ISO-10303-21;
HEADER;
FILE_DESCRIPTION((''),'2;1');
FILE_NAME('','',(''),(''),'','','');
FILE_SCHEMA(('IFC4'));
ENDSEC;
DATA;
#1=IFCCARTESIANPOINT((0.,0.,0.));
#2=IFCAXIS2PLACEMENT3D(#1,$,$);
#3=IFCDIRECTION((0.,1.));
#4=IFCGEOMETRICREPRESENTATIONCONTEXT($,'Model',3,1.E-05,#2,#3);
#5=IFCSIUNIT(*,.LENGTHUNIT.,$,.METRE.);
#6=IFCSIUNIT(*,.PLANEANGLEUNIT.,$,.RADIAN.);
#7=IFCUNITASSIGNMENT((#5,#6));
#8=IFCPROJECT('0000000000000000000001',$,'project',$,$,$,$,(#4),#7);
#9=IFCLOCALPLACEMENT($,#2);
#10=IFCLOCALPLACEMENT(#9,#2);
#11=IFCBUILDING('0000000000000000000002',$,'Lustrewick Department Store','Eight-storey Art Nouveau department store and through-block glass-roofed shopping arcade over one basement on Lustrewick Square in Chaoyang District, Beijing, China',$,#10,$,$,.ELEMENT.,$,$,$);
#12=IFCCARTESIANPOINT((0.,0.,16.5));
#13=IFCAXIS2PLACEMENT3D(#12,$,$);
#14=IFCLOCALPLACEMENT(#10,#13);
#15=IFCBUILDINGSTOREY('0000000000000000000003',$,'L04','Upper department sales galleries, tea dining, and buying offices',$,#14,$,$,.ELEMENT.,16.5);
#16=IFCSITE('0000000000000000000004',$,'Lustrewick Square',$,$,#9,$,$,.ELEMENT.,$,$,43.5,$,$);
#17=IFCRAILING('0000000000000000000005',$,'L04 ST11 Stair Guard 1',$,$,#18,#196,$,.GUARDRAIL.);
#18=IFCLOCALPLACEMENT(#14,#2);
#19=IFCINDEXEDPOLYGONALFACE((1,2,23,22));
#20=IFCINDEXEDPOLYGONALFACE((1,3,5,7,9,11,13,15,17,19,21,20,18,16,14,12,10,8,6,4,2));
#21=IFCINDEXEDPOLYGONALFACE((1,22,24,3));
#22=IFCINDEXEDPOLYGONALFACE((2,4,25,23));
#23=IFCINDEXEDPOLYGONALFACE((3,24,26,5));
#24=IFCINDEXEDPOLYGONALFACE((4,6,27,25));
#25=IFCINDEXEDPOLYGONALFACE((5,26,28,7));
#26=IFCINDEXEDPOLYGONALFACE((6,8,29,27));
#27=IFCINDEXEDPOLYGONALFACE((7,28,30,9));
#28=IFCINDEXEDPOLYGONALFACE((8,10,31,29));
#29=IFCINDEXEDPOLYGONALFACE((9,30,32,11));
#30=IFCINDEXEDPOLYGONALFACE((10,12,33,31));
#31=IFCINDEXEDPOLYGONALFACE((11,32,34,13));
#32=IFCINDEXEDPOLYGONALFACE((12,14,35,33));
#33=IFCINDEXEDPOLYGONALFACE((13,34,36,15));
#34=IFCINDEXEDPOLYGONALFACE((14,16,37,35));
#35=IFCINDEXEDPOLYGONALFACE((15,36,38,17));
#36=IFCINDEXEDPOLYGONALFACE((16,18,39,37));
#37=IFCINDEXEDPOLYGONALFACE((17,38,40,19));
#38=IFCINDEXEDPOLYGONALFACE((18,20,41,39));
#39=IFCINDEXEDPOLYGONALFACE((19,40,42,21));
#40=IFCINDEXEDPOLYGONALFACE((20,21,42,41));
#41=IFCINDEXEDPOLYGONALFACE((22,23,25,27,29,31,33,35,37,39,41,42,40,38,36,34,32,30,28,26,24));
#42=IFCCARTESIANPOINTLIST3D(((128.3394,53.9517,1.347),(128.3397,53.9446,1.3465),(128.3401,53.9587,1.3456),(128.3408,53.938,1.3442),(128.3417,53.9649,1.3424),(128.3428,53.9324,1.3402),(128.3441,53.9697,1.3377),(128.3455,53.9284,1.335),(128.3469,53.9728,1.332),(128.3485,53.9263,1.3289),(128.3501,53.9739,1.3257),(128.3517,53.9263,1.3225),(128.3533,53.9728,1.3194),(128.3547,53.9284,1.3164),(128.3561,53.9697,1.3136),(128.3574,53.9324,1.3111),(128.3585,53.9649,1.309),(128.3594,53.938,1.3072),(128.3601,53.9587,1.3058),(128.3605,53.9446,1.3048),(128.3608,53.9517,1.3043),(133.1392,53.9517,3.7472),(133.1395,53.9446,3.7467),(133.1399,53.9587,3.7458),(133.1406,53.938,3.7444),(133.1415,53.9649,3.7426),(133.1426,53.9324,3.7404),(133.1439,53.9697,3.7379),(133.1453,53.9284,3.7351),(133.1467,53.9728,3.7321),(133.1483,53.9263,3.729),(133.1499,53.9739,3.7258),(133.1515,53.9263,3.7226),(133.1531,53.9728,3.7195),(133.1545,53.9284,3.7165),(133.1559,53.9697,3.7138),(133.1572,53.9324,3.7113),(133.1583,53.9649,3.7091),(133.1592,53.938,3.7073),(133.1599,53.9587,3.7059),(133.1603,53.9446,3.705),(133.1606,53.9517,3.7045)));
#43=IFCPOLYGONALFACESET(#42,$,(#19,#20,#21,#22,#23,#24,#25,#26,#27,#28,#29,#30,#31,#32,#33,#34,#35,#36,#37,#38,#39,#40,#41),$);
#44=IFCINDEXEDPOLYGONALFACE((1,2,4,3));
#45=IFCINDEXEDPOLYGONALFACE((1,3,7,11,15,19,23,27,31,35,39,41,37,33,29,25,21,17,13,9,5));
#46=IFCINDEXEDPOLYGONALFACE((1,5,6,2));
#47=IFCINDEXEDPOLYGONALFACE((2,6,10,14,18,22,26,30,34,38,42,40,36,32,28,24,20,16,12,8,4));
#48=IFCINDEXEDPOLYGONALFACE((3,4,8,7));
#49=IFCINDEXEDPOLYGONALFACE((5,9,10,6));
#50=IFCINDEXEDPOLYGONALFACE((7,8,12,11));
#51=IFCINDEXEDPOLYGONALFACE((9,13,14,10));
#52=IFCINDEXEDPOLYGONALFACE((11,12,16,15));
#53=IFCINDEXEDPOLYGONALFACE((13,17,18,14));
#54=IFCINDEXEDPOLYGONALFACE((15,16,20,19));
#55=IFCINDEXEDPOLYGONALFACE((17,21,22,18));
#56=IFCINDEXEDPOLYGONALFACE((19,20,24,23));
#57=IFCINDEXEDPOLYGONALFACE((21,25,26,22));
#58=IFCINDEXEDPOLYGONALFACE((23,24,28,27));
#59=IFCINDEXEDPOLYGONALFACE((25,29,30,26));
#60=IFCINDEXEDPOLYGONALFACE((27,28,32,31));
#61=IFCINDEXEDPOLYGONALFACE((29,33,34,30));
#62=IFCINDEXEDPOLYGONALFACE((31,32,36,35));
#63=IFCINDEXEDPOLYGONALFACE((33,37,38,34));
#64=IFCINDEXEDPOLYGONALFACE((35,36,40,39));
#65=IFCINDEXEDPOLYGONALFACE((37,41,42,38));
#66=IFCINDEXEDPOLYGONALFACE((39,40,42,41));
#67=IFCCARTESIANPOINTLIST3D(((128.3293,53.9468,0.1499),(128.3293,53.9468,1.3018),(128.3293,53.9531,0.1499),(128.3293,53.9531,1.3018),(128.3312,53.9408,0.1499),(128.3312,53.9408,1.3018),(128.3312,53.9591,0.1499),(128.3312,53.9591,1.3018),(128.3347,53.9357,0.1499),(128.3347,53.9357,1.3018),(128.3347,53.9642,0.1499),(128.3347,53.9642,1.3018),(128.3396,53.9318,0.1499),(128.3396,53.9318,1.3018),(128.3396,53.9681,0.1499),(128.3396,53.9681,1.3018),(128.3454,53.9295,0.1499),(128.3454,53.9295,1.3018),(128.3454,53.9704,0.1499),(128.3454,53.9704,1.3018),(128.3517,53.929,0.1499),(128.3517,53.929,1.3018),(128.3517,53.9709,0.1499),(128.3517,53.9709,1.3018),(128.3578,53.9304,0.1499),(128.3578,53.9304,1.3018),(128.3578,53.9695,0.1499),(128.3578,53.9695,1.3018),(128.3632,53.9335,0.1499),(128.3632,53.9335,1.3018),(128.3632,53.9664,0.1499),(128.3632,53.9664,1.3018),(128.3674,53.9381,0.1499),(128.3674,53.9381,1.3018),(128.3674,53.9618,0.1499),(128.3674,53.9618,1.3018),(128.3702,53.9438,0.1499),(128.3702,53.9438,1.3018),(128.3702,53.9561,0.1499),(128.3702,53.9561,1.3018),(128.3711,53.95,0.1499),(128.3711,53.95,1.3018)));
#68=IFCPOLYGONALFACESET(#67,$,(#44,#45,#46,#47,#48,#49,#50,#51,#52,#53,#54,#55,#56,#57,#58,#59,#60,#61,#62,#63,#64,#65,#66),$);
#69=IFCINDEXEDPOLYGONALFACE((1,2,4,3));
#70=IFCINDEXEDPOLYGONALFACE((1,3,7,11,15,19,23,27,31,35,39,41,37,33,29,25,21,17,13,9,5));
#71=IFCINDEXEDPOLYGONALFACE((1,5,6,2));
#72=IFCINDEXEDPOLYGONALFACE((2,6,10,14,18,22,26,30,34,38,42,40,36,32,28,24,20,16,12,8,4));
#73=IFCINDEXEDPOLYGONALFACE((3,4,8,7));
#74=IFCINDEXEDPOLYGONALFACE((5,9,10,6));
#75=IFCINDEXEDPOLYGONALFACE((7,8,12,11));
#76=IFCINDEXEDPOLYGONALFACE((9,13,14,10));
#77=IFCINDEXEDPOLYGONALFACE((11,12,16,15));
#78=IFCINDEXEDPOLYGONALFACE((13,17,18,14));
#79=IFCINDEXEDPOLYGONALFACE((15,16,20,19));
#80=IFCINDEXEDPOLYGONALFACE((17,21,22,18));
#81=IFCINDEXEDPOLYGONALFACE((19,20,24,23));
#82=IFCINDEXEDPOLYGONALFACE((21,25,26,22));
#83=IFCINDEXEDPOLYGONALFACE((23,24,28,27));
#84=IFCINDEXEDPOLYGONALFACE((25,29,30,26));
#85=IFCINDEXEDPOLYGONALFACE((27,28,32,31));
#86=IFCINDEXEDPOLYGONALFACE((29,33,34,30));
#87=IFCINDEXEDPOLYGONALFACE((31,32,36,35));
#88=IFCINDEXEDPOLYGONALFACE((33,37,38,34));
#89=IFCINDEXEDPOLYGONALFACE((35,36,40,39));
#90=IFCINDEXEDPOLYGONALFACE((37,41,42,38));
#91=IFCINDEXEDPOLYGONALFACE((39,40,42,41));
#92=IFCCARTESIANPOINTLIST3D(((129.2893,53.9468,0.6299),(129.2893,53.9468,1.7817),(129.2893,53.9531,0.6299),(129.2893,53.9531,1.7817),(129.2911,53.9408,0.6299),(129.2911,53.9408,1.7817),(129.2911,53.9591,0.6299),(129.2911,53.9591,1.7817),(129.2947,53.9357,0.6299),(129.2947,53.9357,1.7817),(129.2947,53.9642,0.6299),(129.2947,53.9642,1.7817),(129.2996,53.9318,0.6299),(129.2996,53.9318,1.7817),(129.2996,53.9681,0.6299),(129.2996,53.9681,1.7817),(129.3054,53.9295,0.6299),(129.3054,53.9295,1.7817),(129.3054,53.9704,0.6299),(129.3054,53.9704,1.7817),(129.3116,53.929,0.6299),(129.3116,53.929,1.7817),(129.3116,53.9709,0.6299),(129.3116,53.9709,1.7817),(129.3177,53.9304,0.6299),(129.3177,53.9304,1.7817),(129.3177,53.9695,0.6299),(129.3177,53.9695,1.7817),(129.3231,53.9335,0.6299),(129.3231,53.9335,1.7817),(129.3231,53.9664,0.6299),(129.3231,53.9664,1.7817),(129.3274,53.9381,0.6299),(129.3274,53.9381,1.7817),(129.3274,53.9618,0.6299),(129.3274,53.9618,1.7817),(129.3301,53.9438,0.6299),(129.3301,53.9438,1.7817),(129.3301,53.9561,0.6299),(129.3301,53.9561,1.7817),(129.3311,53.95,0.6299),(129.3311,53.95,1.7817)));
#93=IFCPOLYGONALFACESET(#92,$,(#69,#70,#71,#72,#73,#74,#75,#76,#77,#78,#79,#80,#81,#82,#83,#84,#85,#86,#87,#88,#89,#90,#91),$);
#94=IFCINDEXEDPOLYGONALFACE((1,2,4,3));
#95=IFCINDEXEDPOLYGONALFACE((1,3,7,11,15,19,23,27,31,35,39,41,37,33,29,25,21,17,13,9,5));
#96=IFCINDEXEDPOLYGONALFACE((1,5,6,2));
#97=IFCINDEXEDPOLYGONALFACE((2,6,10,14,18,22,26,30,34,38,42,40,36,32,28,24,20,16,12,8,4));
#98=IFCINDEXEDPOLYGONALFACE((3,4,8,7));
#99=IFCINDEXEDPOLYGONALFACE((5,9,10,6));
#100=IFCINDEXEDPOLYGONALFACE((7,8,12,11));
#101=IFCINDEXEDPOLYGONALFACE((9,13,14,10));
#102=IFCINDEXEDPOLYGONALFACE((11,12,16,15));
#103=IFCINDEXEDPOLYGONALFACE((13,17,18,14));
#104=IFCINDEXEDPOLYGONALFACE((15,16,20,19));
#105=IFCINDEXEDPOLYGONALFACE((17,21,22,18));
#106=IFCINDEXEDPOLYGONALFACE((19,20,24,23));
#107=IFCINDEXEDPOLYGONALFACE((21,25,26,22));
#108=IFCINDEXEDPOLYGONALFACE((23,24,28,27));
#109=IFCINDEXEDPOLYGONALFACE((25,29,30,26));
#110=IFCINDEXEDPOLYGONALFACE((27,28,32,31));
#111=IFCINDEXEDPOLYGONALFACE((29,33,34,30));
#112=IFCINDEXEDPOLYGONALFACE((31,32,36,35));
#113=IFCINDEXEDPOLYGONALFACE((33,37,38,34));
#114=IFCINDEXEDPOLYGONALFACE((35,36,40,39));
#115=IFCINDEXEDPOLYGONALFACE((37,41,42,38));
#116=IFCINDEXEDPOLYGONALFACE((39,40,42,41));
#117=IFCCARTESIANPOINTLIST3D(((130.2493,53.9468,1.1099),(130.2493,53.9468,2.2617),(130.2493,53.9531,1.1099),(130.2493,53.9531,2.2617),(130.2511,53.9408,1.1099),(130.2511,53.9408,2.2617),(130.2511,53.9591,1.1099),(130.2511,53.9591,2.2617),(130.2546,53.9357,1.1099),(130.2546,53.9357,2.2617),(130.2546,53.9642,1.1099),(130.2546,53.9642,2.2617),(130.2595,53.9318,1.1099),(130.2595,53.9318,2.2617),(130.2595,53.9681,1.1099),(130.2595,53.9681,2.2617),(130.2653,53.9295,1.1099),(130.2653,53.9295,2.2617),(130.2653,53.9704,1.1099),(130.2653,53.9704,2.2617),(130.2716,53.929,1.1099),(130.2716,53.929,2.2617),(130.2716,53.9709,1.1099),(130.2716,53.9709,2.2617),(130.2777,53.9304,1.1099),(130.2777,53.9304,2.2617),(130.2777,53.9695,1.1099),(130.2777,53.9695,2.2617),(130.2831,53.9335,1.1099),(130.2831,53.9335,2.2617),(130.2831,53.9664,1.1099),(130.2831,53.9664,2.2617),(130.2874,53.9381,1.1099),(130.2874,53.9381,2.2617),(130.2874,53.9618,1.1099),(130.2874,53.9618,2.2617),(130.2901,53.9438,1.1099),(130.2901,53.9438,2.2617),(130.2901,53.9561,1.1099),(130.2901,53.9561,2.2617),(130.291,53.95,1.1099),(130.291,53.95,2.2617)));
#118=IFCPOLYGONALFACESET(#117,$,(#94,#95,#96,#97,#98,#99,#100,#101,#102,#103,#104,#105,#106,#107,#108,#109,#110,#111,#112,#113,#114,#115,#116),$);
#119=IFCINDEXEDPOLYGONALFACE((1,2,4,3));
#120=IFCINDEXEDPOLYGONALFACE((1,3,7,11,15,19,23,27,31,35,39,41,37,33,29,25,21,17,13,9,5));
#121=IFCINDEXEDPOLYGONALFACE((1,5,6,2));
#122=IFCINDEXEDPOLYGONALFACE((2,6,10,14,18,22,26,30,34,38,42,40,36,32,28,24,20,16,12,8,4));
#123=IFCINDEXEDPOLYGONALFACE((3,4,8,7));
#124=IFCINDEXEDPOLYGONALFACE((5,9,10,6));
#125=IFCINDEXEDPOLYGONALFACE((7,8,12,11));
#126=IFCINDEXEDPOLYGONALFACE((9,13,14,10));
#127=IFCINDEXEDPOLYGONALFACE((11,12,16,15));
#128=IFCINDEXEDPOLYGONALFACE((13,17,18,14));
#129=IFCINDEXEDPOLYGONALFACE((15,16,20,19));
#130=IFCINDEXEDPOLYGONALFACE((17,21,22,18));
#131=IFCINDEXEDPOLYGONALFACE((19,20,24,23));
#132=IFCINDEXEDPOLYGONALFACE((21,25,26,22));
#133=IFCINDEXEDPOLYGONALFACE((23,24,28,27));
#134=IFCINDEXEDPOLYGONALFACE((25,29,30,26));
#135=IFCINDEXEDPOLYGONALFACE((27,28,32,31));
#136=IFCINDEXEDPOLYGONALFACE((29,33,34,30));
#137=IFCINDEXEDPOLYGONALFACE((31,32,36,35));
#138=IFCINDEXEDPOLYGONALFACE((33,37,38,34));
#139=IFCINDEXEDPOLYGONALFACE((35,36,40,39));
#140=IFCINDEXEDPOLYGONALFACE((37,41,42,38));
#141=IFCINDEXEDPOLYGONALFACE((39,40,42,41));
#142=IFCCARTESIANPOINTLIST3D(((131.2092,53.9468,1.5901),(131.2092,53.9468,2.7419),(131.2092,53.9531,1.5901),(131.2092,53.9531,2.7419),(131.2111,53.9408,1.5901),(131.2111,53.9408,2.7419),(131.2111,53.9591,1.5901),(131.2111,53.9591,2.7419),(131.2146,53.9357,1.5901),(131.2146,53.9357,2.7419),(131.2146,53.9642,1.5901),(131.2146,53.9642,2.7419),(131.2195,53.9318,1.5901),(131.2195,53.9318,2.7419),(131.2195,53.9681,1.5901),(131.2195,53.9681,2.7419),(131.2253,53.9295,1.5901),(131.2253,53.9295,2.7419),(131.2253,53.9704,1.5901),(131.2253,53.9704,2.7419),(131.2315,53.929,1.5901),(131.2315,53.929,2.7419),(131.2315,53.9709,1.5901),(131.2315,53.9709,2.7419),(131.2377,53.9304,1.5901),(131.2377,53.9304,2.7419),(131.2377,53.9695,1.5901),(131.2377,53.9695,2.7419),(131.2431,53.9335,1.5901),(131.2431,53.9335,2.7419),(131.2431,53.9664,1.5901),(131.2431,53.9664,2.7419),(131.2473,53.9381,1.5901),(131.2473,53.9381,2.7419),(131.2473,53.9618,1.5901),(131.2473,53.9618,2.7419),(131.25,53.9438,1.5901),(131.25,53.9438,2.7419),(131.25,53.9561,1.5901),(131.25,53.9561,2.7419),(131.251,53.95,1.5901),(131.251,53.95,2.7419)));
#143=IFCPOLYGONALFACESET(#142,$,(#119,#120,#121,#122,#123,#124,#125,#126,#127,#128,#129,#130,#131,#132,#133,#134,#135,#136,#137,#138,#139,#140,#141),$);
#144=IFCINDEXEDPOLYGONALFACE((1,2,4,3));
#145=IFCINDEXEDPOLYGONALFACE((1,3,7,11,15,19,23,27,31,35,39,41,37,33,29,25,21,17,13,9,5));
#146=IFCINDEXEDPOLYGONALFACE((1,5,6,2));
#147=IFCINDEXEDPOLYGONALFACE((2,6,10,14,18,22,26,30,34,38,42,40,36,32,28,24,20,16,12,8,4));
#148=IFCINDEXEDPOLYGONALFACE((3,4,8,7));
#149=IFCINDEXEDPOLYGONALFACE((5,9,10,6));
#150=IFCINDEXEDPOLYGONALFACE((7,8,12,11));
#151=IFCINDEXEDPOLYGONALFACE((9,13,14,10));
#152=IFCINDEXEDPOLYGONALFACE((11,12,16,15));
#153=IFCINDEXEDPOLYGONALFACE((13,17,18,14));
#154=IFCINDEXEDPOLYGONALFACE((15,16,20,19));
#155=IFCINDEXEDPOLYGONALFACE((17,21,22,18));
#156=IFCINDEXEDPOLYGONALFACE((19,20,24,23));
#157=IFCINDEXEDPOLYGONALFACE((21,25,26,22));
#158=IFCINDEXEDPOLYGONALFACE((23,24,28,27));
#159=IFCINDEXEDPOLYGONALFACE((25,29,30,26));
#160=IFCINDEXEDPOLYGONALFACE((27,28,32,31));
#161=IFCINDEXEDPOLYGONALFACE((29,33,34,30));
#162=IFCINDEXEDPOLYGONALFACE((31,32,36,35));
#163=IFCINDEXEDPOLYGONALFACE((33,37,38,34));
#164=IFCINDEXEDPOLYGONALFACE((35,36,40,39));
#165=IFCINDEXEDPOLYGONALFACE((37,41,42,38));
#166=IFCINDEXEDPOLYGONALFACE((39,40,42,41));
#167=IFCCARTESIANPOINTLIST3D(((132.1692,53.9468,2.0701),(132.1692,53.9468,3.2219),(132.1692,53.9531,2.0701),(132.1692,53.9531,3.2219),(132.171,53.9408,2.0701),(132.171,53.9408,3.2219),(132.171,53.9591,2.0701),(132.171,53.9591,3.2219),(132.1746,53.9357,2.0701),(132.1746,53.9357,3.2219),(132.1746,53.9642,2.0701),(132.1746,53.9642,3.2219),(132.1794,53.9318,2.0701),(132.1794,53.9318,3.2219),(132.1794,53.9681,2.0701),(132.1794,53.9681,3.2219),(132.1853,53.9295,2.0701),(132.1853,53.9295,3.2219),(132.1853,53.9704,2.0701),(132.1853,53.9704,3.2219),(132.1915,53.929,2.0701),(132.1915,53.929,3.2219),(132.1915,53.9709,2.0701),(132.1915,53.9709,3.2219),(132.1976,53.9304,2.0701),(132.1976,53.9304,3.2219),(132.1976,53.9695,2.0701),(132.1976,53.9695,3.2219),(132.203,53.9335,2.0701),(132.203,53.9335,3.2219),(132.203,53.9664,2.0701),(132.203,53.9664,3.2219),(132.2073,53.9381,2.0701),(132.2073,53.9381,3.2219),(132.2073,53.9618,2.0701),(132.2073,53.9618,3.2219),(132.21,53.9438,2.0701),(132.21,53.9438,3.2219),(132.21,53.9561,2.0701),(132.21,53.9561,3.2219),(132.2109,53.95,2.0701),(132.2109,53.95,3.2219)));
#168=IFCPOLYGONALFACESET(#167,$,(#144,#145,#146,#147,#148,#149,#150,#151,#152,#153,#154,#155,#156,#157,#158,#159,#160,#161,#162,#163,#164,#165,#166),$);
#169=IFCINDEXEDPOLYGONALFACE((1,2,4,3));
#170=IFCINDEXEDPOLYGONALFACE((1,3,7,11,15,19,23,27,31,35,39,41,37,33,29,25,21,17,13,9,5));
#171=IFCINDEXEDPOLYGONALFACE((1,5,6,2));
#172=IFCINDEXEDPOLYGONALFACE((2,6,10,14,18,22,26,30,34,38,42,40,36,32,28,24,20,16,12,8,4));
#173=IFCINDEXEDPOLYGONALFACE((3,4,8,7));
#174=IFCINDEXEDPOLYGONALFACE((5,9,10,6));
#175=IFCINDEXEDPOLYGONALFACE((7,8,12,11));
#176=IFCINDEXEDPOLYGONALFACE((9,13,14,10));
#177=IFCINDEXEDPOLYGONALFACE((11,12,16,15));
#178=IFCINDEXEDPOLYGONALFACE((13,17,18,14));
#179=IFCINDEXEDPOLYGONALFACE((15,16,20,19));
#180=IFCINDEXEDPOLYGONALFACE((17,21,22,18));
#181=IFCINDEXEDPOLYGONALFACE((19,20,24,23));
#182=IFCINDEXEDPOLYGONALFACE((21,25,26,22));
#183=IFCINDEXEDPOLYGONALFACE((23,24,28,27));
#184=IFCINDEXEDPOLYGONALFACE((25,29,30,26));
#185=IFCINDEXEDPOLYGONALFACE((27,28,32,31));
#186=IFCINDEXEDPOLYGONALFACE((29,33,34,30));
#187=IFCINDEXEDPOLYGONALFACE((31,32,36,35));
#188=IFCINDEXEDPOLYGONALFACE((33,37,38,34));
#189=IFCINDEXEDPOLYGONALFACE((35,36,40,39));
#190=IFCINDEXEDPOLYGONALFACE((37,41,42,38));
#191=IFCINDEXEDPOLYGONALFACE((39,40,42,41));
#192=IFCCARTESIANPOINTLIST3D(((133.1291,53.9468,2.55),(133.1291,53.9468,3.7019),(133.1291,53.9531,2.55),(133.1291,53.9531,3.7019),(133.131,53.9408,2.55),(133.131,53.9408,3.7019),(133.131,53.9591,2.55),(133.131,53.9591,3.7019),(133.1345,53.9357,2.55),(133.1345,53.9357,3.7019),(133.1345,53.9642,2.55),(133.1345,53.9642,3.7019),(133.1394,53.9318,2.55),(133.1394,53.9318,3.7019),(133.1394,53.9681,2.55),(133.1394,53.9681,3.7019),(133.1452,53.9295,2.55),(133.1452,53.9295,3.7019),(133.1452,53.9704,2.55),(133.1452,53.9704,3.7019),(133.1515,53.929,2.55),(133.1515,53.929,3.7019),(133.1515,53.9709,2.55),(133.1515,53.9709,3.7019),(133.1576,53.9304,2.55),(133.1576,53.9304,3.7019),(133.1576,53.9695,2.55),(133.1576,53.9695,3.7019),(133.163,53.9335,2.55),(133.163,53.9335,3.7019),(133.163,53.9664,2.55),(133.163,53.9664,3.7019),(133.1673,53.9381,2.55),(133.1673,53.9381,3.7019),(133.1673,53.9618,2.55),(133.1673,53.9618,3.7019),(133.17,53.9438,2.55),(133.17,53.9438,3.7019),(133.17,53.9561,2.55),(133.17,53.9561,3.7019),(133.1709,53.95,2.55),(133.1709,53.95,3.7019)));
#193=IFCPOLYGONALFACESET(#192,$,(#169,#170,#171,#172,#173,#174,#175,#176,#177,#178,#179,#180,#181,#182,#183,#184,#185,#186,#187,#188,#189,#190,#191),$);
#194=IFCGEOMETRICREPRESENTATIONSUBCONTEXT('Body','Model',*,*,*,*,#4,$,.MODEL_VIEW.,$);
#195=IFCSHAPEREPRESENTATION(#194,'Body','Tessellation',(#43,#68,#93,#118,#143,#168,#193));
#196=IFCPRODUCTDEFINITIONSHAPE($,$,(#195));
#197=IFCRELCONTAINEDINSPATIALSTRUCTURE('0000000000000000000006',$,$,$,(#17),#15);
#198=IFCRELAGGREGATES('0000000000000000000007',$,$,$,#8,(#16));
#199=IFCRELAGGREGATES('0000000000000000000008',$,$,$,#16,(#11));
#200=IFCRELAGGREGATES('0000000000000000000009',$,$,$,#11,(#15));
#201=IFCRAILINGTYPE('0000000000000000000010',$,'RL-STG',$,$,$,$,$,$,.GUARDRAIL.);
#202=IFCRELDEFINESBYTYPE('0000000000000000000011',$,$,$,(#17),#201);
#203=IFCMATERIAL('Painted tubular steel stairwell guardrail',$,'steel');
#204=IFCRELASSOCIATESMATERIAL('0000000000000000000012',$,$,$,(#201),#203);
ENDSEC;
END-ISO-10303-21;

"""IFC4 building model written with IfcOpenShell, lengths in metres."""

from ifc_helpers import new_model, si_unit, direction, frame, origin, origin_2d, place, context, subcontext, project, spatial, circle, extrude, material, type_object, element, save


model = new_model("IFC4")

# Units and contexts
model_context = context("Model", 3, precision=1e-05, world=origin(), true_north=direction((0.0, 1.0)))
body_context = subcontext(model_context, "Body", "Model", "MODEL_VIEW")
ifc_project = project(units=[si_unit("LENGTHUNIT", "METRE"), si_unit("PLANEANGLEUNIT", "RADIAN")], contexts=[model_context])

# Site, building, storey
site_placement = place(None, origin())
site = spatial("IfcSite", under=ifc_project, at=site_placement, Name="Lustrewick Square", CompositionType="ELEMENT", RefElevation=43.5)
building_placement = place(site_placement, origin())
building = spatial("IfcBuilding", under=site, at=building_placement, Name="Lustrewick Department Store", Description="Eight-storey Art Nouveau department store and through-block glass-roofed shopping arcade over one basement on Lustrewick Square in Chaoyang District, Beijing, China", CompositionType="ELEMENT")
storey_placement = place(building_placement, frame((0.0, 0.0, 16.5)))
storey = spatial("IfcBuildingStorey", under=building, at=storey_placement, Name="L04", Description="Upper department sales galleries, tea dining, and buying offices", CompositionType="ELEMENT", Elevation=16.5)

# Railing
ifc_material_1 = material(Name="Painted tubular steel stairwell guardrail", Category="steel")
railing_type_1 = type_object("IfcRailingType", Name="RL-STG", PredefinedType="GUARDRAIL", material=ifc_material_1)
railing_1_placement = place(storey_placement, frame((128.3501, 53.95, 0.1499)))
element("IfcRailing", 1, at=railing_1_placement, inside=storey, type_object=railing_type_1, Name="L04 ST11 Stair Guard 1", PredefinedType="GUARDRAIL", context=body_context, shape_type="SweptSolid", body=[
    extrude(circle(Radius=0.0239, at=origin_2d()), frame((0.0, 0.0, 1.1758), z_axis=(0.894409, 0.0, 0.44725), x_axis=(0.0, 1.0, 0.0)), (0.0, 0.0, 1.0), 5.3665),
    extrude(circle(Radius=0.021, at=origin_2d()), origin(), (0.0, 0.0, 1.0), 1.1519),
    extrude(circle(Radius=0.021, at=origin_2d()), frame((0.96, 0.0, 0.48)), (0.0, 0.0, 1.0), 1.1519),
    extrude(circle(Radius=0.021, at=origin_2d()), frame((1.9199, 0.0, 0.96)), (0.0, 0.0, 1.0), 1.1519),
    extrude(circle(Radius=0.021, at=origin_2d()), frame((2.8799, 0.0, 1.4402)), (0.0, 0.0, 1.0), 1.1519),
    extrude(circle(Radius=0.021, at=origin_2d()), frame((3.8398, 0.0, 1.9202)), (0.0, 0.0, 1.0), 1.1519),
    extrude(circle(Radius=0.021, at=origin_2d()), frame((4.7998, 0.0, 2.4001)), (0.0, 0.0, 1.0), 1.1519),
])

save(model, "model.ifc")
